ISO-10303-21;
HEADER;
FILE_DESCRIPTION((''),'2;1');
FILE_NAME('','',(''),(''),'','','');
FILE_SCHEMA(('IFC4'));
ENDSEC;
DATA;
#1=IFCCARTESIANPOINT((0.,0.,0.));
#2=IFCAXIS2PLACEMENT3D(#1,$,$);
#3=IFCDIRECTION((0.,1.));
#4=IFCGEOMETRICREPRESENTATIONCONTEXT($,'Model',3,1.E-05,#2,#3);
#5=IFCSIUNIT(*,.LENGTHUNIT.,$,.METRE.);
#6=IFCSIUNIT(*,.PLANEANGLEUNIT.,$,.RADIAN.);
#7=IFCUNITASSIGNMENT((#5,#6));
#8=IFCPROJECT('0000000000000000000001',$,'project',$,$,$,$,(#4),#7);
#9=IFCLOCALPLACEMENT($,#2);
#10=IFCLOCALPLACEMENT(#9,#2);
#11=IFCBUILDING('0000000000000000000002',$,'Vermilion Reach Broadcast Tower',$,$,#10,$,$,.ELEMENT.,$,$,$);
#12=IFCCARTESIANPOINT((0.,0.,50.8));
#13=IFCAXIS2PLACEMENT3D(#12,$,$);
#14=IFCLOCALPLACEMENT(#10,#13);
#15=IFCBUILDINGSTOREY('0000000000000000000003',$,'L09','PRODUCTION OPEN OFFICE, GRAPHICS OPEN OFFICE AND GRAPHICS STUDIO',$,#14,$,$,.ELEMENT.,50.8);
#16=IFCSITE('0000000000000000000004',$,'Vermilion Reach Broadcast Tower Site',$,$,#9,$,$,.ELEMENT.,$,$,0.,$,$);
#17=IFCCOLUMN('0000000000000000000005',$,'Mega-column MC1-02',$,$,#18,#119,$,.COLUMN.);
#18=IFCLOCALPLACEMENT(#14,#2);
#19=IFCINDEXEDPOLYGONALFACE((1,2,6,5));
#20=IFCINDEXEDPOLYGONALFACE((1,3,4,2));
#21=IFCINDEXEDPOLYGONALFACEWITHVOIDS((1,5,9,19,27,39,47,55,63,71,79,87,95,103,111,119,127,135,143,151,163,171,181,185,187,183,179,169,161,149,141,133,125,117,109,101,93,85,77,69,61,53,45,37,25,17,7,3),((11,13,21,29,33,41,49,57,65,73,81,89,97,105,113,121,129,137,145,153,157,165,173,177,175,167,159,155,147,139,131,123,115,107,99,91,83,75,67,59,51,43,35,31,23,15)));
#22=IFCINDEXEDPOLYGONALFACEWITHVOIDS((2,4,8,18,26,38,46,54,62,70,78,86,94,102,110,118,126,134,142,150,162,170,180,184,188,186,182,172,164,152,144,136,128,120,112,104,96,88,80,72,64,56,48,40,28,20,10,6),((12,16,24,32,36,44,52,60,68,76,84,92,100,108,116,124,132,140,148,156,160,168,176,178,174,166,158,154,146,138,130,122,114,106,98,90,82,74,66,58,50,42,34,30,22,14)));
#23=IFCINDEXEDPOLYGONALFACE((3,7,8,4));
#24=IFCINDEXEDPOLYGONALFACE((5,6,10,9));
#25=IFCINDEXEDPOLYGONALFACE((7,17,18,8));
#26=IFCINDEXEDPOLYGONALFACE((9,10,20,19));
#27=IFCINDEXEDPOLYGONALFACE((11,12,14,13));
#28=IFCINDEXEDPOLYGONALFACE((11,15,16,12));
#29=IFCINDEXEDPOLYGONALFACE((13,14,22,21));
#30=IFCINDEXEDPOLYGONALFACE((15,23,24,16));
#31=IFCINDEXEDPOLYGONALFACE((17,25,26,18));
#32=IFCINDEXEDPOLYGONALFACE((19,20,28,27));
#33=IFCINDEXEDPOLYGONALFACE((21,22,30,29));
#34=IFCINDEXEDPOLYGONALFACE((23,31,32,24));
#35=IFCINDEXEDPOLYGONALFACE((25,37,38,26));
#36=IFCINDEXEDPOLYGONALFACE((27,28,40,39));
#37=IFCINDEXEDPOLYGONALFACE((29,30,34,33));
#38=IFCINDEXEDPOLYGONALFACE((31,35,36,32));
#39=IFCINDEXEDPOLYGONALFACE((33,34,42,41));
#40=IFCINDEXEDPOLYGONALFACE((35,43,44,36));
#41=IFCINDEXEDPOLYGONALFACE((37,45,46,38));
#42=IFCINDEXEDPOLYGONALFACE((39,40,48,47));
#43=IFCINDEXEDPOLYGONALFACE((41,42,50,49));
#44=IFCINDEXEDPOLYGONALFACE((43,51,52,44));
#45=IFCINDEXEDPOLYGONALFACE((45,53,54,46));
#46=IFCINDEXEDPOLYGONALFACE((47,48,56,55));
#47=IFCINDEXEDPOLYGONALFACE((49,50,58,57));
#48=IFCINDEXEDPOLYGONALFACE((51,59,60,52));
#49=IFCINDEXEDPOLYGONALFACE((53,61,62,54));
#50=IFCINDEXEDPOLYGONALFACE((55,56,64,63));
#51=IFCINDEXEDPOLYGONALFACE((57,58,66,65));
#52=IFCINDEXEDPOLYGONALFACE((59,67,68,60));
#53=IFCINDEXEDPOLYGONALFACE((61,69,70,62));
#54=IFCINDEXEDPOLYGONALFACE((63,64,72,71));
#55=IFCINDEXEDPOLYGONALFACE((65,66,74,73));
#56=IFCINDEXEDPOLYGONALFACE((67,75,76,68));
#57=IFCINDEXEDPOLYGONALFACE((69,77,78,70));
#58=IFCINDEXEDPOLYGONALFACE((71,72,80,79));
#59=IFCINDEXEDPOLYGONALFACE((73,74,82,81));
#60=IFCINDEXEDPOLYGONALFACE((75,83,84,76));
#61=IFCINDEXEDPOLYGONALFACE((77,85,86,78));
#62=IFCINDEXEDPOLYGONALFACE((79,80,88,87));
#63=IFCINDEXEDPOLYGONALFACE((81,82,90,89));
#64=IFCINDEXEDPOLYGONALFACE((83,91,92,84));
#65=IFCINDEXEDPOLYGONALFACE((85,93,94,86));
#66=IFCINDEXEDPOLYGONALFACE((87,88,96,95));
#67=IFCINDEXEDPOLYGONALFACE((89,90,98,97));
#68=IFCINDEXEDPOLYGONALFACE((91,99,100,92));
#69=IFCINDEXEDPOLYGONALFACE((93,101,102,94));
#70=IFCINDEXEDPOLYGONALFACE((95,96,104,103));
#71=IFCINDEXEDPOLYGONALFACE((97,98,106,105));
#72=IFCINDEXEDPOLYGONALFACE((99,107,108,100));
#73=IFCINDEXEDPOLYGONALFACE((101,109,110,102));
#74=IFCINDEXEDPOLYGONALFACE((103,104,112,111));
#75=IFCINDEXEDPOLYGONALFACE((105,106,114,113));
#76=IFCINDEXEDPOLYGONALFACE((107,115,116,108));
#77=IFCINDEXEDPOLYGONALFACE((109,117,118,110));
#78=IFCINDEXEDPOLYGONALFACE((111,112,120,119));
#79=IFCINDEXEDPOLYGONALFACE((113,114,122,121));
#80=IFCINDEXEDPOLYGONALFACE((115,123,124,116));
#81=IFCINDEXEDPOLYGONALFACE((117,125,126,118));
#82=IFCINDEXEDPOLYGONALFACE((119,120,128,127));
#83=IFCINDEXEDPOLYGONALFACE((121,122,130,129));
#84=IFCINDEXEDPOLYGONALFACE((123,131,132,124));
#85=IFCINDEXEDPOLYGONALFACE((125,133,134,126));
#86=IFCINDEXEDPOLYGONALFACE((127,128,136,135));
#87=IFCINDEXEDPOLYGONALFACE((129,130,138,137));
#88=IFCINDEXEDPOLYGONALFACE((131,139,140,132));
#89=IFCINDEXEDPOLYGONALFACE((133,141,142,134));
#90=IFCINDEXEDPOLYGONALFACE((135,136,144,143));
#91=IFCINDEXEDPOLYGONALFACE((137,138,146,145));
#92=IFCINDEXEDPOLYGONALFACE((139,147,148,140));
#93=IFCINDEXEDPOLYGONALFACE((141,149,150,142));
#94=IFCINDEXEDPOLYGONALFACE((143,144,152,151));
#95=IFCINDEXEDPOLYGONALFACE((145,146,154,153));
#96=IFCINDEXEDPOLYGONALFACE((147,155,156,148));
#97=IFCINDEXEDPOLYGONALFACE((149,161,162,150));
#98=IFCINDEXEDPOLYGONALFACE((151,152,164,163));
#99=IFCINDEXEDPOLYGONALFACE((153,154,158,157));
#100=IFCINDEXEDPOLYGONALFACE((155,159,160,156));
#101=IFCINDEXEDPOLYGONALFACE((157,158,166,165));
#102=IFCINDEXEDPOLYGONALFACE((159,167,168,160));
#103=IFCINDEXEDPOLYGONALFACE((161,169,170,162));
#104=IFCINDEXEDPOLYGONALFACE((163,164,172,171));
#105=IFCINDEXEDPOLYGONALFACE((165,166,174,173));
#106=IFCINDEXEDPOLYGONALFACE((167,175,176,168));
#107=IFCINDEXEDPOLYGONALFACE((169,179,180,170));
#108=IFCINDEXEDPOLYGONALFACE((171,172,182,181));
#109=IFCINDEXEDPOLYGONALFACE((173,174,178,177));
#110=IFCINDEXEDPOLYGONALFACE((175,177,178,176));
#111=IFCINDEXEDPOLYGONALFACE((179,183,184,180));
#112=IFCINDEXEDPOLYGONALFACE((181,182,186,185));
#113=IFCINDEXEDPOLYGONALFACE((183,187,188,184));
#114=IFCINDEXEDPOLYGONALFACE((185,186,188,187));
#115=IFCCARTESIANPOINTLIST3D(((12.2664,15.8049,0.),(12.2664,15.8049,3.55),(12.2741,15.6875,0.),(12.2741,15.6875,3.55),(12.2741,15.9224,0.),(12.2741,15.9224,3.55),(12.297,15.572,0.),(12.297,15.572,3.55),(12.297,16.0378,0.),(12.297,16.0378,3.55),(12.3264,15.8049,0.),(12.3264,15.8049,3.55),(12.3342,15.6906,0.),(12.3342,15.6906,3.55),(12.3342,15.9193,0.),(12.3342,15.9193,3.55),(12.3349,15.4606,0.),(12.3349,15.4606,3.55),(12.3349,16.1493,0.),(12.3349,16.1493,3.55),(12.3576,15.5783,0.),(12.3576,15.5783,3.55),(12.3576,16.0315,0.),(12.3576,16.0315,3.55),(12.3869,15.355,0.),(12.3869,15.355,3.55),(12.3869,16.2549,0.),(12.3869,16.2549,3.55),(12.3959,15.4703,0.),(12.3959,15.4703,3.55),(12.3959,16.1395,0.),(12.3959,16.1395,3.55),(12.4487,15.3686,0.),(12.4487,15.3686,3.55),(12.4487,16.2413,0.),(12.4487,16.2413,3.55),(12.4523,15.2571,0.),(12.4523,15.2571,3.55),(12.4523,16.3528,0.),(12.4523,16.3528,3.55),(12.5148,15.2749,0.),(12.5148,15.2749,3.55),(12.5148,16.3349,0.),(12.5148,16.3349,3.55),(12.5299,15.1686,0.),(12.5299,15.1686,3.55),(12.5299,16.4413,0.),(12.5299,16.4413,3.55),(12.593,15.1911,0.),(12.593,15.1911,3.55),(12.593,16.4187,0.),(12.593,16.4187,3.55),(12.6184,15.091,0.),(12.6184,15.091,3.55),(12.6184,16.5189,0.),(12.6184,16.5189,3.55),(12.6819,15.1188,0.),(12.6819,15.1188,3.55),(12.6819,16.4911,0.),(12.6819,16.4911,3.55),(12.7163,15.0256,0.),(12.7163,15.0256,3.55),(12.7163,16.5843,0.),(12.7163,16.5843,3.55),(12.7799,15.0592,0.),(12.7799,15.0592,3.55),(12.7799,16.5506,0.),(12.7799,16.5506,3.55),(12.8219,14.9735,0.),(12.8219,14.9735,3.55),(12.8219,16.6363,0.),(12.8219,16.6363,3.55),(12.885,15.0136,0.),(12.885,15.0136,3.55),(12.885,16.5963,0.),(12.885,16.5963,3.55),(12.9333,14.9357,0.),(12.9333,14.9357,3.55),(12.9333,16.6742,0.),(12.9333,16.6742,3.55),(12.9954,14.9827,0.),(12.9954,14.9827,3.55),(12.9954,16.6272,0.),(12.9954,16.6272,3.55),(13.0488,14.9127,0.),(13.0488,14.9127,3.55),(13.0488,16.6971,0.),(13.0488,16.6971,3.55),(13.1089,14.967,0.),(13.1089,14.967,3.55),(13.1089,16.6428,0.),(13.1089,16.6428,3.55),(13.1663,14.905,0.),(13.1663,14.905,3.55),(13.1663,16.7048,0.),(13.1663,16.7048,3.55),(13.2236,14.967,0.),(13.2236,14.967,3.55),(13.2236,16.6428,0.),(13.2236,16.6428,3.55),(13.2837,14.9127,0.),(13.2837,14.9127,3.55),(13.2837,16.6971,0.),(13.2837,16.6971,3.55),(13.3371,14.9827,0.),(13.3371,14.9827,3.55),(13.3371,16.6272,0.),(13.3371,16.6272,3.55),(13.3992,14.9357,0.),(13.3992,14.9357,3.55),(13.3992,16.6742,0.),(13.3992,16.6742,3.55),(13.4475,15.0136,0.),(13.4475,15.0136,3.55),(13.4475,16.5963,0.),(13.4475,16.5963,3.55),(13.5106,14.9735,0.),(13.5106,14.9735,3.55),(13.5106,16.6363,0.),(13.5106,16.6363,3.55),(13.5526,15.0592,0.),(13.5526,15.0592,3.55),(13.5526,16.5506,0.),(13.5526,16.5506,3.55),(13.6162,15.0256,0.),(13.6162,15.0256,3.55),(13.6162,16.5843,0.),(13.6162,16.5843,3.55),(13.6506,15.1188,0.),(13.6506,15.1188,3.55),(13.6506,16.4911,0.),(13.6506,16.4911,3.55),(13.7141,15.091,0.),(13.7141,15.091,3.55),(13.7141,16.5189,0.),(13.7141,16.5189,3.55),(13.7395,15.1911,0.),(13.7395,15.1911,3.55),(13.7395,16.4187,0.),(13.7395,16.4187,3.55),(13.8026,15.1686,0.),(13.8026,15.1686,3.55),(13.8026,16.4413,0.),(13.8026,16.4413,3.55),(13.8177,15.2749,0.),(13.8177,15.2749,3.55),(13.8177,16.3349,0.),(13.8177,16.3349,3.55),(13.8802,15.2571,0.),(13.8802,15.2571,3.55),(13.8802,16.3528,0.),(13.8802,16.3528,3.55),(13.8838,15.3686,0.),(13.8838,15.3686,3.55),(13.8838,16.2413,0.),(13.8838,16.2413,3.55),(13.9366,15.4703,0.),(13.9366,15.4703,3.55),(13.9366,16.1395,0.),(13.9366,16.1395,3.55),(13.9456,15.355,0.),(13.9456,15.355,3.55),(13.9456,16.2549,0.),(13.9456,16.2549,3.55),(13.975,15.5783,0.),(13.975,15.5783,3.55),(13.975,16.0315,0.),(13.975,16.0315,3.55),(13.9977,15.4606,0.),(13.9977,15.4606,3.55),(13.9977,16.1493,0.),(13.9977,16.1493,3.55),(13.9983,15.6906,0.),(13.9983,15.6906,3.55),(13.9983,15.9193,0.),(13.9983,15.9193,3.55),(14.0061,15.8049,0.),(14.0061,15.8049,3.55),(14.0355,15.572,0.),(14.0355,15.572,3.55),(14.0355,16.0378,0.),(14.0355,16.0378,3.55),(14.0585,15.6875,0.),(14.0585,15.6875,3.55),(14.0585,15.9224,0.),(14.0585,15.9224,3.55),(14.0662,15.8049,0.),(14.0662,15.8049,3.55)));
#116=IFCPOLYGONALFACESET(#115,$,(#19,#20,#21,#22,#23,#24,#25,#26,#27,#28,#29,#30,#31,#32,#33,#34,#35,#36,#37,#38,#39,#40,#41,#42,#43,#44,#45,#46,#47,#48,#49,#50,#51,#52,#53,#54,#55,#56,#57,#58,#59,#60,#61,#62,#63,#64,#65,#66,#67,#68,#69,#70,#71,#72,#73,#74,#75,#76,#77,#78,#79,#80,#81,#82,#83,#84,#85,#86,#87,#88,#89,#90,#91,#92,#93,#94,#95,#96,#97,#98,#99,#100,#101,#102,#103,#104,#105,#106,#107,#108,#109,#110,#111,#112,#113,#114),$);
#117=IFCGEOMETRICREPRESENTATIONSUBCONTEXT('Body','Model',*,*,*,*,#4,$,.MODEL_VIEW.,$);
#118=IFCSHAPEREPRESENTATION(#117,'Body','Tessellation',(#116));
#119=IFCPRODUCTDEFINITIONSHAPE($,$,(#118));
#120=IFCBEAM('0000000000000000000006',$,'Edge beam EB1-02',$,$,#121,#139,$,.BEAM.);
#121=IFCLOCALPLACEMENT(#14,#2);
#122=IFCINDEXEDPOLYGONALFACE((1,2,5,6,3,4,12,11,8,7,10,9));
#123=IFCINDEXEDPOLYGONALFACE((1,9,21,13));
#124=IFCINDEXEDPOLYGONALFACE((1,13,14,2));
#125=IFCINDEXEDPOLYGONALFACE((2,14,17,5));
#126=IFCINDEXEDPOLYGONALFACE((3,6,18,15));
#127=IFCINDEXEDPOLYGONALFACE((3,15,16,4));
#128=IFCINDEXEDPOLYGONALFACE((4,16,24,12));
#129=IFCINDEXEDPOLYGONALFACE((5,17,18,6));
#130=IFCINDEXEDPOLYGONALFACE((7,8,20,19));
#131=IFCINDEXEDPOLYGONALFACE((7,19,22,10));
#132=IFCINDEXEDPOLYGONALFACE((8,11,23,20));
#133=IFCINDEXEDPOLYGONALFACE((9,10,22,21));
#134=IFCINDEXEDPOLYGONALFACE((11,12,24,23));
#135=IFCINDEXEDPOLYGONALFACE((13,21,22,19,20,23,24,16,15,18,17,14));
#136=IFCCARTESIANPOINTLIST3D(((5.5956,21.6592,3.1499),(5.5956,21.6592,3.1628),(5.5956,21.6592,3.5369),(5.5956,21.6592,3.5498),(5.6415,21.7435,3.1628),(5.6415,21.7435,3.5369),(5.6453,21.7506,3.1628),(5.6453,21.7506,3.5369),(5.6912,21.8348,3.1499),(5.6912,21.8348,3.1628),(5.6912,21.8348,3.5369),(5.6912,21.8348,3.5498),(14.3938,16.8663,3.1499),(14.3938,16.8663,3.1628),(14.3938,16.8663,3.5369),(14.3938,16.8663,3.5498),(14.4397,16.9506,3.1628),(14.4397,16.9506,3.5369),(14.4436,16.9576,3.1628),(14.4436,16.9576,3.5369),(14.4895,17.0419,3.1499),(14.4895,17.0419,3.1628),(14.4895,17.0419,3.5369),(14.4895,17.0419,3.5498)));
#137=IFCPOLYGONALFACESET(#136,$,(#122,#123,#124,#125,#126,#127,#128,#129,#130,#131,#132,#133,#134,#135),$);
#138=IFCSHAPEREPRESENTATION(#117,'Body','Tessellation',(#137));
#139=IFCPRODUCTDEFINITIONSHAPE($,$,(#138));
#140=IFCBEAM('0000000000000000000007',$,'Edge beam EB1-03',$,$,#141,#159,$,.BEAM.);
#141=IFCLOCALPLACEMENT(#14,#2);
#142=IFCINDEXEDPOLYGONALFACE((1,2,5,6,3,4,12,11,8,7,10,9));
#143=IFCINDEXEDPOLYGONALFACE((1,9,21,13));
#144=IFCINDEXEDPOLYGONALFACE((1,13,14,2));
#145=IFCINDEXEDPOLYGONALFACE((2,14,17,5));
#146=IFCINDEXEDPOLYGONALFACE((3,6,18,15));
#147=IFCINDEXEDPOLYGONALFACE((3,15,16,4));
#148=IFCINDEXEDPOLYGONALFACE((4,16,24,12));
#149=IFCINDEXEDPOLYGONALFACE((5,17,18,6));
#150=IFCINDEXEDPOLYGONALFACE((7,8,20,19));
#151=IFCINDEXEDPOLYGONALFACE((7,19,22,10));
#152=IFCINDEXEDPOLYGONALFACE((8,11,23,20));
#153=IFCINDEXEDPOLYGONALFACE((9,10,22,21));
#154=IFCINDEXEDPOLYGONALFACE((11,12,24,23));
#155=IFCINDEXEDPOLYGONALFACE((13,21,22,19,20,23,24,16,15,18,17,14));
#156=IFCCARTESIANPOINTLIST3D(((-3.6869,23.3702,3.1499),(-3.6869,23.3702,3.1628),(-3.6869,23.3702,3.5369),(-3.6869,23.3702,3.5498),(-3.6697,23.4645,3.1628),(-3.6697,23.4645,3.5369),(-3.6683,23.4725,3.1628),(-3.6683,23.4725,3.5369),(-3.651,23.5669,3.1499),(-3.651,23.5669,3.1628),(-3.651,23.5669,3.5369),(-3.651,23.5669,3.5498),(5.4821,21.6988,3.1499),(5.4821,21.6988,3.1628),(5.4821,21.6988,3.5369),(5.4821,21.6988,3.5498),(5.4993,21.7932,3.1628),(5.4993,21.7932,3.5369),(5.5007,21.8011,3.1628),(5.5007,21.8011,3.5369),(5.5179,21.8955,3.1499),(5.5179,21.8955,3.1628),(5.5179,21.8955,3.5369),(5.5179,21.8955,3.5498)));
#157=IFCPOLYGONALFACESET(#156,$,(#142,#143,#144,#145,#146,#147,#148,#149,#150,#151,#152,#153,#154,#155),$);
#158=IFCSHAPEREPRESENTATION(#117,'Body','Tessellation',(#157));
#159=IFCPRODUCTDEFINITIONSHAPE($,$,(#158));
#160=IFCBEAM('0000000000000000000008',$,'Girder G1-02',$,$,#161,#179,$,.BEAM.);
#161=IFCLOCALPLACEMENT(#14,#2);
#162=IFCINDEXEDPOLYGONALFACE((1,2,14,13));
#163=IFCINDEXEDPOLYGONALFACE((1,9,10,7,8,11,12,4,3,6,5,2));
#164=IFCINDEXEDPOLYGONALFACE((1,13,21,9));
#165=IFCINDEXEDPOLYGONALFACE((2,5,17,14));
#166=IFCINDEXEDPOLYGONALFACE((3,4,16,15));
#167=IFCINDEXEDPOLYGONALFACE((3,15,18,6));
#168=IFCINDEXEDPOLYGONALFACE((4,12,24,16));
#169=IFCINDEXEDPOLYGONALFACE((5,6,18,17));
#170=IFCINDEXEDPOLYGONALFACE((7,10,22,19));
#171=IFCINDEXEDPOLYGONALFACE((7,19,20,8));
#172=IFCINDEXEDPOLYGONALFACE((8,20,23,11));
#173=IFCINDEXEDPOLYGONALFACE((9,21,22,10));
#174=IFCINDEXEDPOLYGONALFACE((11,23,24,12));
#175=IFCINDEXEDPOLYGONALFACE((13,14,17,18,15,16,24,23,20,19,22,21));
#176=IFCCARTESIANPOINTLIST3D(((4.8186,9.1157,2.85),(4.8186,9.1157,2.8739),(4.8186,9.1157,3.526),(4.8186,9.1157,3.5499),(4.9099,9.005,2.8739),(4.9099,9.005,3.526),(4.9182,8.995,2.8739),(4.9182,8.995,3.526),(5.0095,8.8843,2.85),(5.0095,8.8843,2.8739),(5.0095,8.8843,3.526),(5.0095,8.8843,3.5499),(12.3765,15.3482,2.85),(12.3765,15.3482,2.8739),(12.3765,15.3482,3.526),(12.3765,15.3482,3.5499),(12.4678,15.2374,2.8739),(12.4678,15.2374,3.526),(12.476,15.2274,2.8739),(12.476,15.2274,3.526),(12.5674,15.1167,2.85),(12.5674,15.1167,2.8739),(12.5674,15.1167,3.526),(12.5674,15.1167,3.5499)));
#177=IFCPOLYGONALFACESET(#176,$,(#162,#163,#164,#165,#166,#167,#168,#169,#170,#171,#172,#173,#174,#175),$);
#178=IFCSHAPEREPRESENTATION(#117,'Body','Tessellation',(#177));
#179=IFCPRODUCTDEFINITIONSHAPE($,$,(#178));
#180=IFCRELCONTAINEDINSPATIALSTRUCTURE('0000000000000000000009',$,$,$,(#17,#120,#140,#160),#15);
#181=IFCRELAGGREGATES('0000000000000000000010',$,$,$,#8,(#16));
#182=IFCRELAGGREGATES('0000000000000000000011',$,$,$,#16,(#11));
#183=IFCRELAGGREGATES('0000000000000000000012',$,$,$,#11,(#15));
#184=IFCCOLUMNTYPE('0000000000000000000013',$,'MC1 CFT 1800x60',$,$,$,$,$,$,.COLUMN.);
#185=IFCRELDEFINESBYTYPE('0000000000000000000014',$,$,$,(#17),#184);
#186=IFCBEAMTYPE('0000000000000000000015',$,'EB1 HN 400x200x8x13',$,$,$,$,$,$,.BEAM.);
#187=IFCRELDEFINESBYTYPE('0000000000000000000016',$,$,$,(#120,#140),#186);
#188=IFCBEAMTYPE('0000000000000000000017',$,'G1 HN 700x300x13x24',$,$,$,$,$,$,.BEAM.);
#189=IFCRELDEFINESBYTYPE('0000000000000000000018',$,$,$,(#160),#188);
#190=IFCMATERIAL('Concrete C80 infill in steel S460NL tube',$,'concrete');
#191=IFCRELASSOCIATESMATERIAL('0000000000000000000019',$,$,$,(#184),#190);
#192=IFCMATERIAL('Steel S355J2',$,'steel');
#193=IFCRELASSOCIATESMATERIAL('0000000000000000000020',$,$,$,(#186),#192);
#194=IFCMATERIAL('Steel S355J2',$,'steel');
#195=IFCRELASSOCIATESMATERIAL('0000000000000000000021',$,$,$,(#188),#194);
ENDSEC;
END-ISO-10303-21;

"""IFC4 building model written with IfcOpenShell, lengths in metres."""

from ifc_helpers import new_model, si_unit, direction, frame, origin, origin_2d, place, context, subcontext, project, spatial, hollow_circle, i_section, extrude, material, material_profile, profile_set, type_object, element, save


model = new_model("IFC4")

# Units and contexts
model_context = context("Model", 3, precision=1e-05, world=origin(), true_north=direction((0.0, 1.0)))
body_context = subcontext(model_context, "Body", "Model", "MODEL_VIEW")
ifc_project = project(units=[si_unit("LENGTHUNIT", "METRE"), si_unit("PLANEANGLEUNIT", "RADIAN")], contexts=[model_context])

# Site, building, storey
site_placement = place(None, origin())
site = spatial("IfcSite", under=ifc_project, at=site_placement, Name="Vermilion Reach Broadcast Tower Site", CompositionType="ELEMENT", RefElevation=0.0)
building_placement = place(site_placement, origin())
building = spatial("IfcBuilding", under=site, at=building_placement, Name="Vermilion Reach Broadcast Tower", CompositionType="ELEMENT")
storey_placement = place(building_placement, frame((0.0, 0.0, 50.8)))
storey = spatial("IfcBuildingStorey", under=building, at=storey_placement, Name="L09", Description="PRODUCTION OPEN OFFICE, GRAPHICS OPEN OFFICE AND GRAPHICS STUDIO", CompositionType="ELEMENT", Elevation=50.8)

# Column
ifc_material_1 = material(Name="Concrete C80 infill in steel S460NL tube", Category="concrete")
ifc_material_profile_1 = material_profile(ifc_material_1, hollow_circle(Radius=0.8999, WallThickness=0.0601, at=origin_2d()), Name="Concrete C80 infill in steel S460NL tube CFT 1800x60")
ifc_profile_set_1 = profile_set([ifc_material_profile_1], Name="Concrete C80 infill in steel S460NL tube")
column_type = type_object("IfcColumnType", Name="MC1 CFT 1800x60", PredefinedType="COLUMN", material=ifc_profile_set_1)
column_placement = place(storey_placement, frame((13.1663, 15.8049, 0.0), z_axis=(0.0, 0.0, 1.0), x_axis=(1.0, 0.0, 0.0)))
element("IfcColumn", 1, at=column_placement, inside=storey, type_object=column_type, Name="Mega-column MC1-02", PredefinedType="COLUMN", context=body_context, shape_type="SweptSolid", body=[
    extrude(hollow_circle(Radius=0.8999, WallThickness=0.0601, at=origin_2d()), origin(), (0.0, 0.0, 1.0), 3.55),
])

# Beams
ifc_material_2 = material(Name="Steel S355J2", Category="steel")
ifc_material_profile_2 = material_profile(ifc_material_2, i_section(OverallWidth=0.2, OverallDepth=0.3999, WebThickness=0.0081, FlangeThickness=0.0129, at=origin_2d()), Name="S355J2 HN 400x200x8x13")
ifc_profile_set_2 = profile_set([ifc_material_profile_2], Name="Steel S355J2")
beam_type_1 = type_object("IfcBeamType", Name="EB1 HN 400x200x8x13", PredefinedType="BEAM", material=ifc_profile_set_2)
beam_1_placement = place(storey_placement, frame((14.4417, 16.9541, 3.3499), z_axis=(-0.878152, 0.478381, 0.0), x_axis=(-0.478381, -0.878152, 0.0)))
element("IfcBeam", 2, at=beam_1_placement, inside=storey, type_object=beam_type_1, Name="Edge beam EB1-02", PredefinedType="BEAM", context=body_context, shape_type="SweptSolid", body=[
    extrude(i_section(OverallWidth=0.2, OverallDepth=0.3999, WebThickness=0.0081, FlangeThickness=0.0129, at=origin_2d()), origin(), (0.0, 0.0, 1.0), 10.019),
])
beam_2_placement = place(storey_placement, frame((5.5, 21.7971, 3.3499), z_axis=(-0.983788, 0.179333, 0.0), x_axis=(-0.179333, -0.983788, 0.0)))
element("IfcBeam", 3, at=beam_2_placement, inside=storey, type_object=beam_type_1, Name="Edge beam EB1-03", PredefinedType="BEAM", context=body_context, shape_type="SweptSolid", body=[
    extrude(i_section(OverallWidth=0.2, OverallDepth=0.3999, WebThickness=0.0081, FlangeThickness=0.0129, at=origin_2d()), origin(), (0.0, 0.0, 1.0), 9.3201),
])
ifc_material_3 = material(Name="Steel S355J2", Category="steel")
ifc_material_profile_3 = material_profile(ifc_material_3, i_section(OverallWidth=0.3, OverallDepth=0.7, WebThickness=0.0129, FlangeThickness=0.0239, at=origin_2d()), Name="S355J2 HN 700x300x13x24")
ifc_profile_set_3 = profile_set([ifc_material_profile_3], Name="Steel S355J2")
beam_type_2 = type_object("IfcBeamType", Name="G1 HN 700x300x13x24", PredefinedType="BEAM", material=ifc_profile_set_3)
beam_3_placement = place(storey_placement, frame((4.9141, 9.0, 3.2), z_axis=(0.771514, 0.636212, 0.0), x_axis=(-0.636212, 0.771514, 0.0)))
element("IfcBeam", 4, at=beam_3_placement, inside=storey, type_object=beam_type_2, Name="Girder G1-02", PredefinedType="BEAM", context=body_context, shape_type="SweptSolid", body=[
    extrude(i_section(OverallWidth=0.3, OverallDepth=0.7, WebThickness=0.0129, FlangeThickness=0.0239, at=origin_2d()), origin(), (0.0, 0.0, 1.0), 9.7961),
])

save(model, "model.ifc")
